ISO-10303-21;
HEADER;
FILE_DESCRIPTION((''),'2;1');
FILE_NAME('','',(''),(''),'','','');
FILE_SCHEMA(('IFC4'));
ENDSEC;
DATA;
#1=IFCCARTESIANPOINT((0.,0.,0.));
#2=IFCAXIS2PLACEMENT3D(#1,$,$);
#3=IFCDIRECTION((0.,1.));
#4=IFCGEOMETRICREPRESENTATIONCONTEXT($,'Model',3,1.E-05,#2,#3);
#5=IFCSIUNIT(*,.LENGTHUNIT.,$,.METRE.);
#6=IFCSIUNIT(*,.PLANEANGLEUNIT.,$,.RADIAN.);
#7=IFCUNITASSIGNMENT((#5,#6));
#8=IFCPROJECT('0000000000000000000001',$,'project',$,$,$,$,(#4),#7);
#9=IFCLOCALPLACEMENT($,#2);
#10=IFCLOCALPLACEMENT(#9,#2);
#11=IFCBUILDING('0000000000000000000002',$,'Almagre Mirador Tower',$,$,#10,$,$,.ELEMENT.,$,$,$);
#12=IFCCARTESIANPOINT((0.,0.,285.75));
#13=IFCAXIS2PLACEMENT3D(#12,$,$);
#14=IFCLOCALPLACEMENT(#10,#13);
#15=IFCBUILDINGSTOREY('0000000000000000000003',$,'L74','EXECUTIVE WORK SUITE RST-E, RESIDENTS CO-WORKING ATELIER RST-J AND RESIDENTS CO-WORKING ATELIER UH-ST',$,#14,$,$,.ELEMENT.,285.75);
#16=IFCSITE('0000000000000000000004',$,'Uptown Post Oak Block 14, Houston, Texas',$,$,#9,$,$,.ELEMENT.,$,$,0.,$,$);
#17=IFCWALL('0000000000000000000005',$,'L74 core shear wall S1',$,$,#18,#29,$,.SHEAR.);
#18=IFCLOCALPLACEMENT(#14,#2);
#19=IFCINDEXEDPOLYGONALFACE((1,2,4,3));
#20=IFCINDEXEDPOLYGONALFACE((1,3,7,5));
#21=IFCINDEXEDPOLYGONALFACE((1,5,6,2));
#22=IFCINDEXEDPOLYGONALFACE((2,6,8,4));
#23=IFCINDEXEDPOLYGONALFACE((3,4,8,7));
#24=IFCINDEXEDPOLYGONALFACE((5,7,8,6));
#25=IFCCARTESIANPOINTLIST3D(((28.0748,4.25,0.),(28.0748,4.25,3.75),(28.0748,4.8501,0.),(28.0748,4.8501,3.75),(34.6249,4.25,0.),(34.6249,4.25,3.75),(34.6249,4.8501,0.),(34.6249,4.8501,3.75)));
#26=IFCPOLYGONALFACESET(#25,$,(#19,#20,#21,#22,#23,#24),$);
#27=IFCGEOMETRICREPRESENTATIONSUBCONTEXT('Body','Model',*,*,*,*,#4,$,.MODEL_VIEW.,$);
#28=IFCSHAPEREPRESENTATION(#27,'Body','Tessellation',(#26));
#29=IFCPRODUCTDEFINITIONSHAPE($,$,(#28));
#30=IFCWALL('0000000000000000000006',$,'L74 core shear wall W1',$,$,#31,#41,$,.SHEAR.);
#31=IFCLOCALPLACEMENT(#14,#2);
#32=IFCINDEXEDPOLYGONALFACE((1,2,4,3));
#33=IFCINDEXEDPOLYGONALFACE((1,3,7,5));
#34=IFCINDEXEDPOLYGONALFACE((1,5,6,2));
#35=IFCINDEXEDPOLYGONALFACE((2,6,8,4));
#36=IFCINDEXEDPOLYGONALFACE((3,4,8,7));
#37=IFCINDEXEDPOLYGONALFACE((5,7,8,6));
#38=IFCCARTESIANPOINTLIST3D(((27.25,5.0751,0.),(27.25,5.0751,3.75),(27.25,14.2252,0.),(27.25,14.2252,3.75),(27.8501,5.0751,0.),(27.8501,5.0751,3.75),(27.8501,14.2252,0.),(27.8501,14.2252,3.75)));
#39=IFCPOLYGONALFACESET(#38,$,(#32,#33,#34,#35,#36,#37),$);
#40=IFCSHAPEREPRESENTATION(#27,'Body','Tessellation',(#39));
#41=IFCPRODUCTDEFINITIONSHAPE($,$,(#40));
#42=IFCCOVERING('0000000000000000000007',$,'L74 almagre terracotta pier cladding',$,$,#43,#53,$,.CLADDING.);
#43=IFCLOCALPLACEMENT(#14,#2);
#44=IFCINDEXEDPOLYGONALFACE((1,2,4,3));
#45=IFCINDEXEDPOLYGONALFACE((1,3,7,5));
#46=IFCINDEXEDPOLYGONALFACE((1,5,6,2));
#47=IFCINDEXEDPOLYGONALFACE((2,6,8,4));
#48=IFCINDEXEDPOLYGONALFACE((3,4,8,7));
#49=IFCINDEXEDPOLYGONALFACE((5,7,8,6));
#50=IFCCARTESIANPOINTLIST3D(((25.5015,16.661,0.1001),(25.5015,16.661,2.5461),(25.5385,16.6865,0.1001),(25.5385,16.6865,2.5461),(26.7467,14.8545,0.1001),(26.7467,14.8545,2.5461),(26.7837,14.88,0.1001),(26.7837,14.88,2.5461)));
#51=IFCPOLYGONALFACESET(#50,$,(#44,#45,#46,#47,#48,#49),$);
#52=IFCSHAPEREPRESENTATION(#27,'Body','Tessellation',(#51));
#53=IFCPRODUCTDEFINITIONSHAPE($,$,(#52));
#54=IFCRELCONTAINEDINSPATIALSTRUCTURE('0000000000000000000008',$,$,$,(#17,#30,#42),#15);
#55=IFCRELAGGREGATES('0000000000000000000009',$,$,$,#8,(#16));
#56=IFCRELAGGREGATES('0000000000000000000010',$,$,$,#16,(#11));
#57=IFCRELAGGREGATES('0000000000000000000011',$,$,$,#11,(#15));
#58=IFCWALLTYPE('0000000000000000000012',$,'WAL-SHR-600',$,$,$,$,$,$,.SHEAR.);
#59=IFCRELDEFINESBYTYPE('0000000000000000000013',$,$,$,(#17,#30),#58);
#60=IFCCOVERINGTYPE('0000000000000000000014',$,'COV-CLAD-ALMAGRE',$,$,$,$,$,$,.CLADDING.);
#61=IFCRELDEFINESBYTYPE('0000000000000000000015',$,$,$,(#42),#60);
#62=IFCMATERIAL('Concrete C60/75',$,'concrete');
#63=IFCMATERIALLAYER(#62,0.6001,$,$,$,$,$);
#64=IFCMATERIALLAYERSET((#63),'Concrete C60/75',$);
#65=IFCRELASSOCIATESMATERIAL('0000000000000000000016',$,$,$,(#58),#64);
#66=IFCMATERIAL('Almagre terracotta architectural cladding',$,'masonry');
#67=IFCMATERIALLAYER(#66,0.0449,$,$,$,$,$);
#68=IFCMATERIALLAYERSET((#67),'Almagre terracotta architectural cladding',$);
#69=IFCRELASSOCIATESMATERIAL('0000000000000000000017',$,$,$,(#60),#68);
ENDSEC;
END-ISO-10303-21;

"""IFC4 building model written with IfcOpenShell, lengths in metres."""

from ifc_helpers import new_model, si_unit, direction, frame, frame_2d, origin, origin_2d, place, context, subcontext, project, spatial, rectangle, extrude, material, layer, layer_set, type_object, element, save


model = new_model("IFC4")

# Units and contexts
model_context = context("Model", 3, precision=1e-05, world=origin(), true_north=direction((0.0, 1.0)))
body_context = subcontext(model_context, "Body", "Model", "MODEL_VIEW")
ifc_project = project(units=[si_unit("LENGTHUNIT", "METRE"), si_unit("PLANEANGLEUNIT", "RADIAN")], contexts=[model_context])

# Site, building, storey
site_placement = place(None, origin())
site = spatial("IfcSite", under=ifc_project, at=site_placement, Name="Uptown Post Oak Block 14, Houston, Texas", CompositionType="ELEMENT", RefElevation=0.0)
building_placement = place(site_placement, origin())
building = spatial("IfcBuilding", under=site, at=building_placement, Name="Almagre Mirador Tower", CompositionType="ELEMENT")
storey_placement = place(building_placement, frame((0.0, 0.0, 285.75)))
storey = spatial("IfcBuildingStorey", under=building, at=storey_placement, Name="L74", Description="EXECUTIVE WORK SUITE RST-E, RESIDENTS CO-WORKING ATELIER RST-J AND RESIDENTS CO-WORKING ATELIER UH-ST", CompositionType="ELEMENT", Elevation=285.75)

# Wall
ifc_material_1 = material(Name="Concrete C60/75", Category="concrete")
ifc_layer_1 = layer(ifc_material_1, 0.6001)
ifc_layer_set_1 = layer_set([ifc_layer_1], Name="Concrete C60/75")
wall_type_1 = type_object("IfcWallType", Name="WAL-SHR-600", PredefinedType="SHEAR", material=ifc_layer_set_1)
wall_1_placement = place(storey_placement, frame((28.075, 4.55, 0.0), z_axis=(0.0, 0.0, 1.0), x_axis=(1.0, 0.0, 0.0)))
element("IfcWall", 1, at=wall_1_placement, inside=storey, type_object=wall_type_1, Name="L74 core shear wall S1", PredefinedType="SHEAR", context=body_context, shape_type="SweptSolid", body=[
    extrude(rectangle(XDim=6.55, YDim=0.6001, at=frame_2d((3.2749, 0.0))), origin(), (0.0, 0.0, 1.0), 3.75),
])

# Wall
wall_2_placement = place(storey_placement, frame((27.55, 5.075, 0.0), z_axis=(0.0, 0.0, 1.0), x_axis=(0.0, 1.0, 0.0)))
element("IfcWall", 2, at=wall_2_placement, inside=storey, type_object=wall_type_1, Name="L74 core shear wall W1", PredefinedType="SHEAR", context=body_context, shape_type="SweptSolid", body=[
    extrude(rectangle(XDim=9.1501, YDim=0.6001, at=frame_2d((4.5752, 0.0))), origin(), (0.0, 0.0, 1.0), 3.75),
])

# Covering
ifc_material_2 = material(Name="Almagre terracotta architectural cladding", Category="masonry")
ifc_layer_2 = layer(ifc_material_2, 0.0449)
ifc_layer_set_2 = layer_set([ifc_layer_2], Name="Almagre terracotta architectural cladding")
covering_type = type_object("IfcCoveringType", Name="COV-CLAD-ALMAGRE", PredefinedType="CLADDING", material=ifc_layer_set_2)
covering_placement = place(storey_placement, frame((26.1426, 15.7705, 0.1001), z_axis=(0.0, 0.0, 1.0), x_axis=(-0.567513, 0.823364, 0.0)))
element("IfcCovering", 3, at=covering_placement, inside=storey, type_object=covering_type, Name="L74 almagre terracotta pier cladding", PredefinedType="CLADDING", context=body_context, shape_type="SweptSolid", body=[
    extrude(rectangle(XDim=2.1941, YDim=0.0449, at=origin_2d()), origin(), (0.0, 0.0, 1.0), 2.446),
])

save(model, "model.ifc")
